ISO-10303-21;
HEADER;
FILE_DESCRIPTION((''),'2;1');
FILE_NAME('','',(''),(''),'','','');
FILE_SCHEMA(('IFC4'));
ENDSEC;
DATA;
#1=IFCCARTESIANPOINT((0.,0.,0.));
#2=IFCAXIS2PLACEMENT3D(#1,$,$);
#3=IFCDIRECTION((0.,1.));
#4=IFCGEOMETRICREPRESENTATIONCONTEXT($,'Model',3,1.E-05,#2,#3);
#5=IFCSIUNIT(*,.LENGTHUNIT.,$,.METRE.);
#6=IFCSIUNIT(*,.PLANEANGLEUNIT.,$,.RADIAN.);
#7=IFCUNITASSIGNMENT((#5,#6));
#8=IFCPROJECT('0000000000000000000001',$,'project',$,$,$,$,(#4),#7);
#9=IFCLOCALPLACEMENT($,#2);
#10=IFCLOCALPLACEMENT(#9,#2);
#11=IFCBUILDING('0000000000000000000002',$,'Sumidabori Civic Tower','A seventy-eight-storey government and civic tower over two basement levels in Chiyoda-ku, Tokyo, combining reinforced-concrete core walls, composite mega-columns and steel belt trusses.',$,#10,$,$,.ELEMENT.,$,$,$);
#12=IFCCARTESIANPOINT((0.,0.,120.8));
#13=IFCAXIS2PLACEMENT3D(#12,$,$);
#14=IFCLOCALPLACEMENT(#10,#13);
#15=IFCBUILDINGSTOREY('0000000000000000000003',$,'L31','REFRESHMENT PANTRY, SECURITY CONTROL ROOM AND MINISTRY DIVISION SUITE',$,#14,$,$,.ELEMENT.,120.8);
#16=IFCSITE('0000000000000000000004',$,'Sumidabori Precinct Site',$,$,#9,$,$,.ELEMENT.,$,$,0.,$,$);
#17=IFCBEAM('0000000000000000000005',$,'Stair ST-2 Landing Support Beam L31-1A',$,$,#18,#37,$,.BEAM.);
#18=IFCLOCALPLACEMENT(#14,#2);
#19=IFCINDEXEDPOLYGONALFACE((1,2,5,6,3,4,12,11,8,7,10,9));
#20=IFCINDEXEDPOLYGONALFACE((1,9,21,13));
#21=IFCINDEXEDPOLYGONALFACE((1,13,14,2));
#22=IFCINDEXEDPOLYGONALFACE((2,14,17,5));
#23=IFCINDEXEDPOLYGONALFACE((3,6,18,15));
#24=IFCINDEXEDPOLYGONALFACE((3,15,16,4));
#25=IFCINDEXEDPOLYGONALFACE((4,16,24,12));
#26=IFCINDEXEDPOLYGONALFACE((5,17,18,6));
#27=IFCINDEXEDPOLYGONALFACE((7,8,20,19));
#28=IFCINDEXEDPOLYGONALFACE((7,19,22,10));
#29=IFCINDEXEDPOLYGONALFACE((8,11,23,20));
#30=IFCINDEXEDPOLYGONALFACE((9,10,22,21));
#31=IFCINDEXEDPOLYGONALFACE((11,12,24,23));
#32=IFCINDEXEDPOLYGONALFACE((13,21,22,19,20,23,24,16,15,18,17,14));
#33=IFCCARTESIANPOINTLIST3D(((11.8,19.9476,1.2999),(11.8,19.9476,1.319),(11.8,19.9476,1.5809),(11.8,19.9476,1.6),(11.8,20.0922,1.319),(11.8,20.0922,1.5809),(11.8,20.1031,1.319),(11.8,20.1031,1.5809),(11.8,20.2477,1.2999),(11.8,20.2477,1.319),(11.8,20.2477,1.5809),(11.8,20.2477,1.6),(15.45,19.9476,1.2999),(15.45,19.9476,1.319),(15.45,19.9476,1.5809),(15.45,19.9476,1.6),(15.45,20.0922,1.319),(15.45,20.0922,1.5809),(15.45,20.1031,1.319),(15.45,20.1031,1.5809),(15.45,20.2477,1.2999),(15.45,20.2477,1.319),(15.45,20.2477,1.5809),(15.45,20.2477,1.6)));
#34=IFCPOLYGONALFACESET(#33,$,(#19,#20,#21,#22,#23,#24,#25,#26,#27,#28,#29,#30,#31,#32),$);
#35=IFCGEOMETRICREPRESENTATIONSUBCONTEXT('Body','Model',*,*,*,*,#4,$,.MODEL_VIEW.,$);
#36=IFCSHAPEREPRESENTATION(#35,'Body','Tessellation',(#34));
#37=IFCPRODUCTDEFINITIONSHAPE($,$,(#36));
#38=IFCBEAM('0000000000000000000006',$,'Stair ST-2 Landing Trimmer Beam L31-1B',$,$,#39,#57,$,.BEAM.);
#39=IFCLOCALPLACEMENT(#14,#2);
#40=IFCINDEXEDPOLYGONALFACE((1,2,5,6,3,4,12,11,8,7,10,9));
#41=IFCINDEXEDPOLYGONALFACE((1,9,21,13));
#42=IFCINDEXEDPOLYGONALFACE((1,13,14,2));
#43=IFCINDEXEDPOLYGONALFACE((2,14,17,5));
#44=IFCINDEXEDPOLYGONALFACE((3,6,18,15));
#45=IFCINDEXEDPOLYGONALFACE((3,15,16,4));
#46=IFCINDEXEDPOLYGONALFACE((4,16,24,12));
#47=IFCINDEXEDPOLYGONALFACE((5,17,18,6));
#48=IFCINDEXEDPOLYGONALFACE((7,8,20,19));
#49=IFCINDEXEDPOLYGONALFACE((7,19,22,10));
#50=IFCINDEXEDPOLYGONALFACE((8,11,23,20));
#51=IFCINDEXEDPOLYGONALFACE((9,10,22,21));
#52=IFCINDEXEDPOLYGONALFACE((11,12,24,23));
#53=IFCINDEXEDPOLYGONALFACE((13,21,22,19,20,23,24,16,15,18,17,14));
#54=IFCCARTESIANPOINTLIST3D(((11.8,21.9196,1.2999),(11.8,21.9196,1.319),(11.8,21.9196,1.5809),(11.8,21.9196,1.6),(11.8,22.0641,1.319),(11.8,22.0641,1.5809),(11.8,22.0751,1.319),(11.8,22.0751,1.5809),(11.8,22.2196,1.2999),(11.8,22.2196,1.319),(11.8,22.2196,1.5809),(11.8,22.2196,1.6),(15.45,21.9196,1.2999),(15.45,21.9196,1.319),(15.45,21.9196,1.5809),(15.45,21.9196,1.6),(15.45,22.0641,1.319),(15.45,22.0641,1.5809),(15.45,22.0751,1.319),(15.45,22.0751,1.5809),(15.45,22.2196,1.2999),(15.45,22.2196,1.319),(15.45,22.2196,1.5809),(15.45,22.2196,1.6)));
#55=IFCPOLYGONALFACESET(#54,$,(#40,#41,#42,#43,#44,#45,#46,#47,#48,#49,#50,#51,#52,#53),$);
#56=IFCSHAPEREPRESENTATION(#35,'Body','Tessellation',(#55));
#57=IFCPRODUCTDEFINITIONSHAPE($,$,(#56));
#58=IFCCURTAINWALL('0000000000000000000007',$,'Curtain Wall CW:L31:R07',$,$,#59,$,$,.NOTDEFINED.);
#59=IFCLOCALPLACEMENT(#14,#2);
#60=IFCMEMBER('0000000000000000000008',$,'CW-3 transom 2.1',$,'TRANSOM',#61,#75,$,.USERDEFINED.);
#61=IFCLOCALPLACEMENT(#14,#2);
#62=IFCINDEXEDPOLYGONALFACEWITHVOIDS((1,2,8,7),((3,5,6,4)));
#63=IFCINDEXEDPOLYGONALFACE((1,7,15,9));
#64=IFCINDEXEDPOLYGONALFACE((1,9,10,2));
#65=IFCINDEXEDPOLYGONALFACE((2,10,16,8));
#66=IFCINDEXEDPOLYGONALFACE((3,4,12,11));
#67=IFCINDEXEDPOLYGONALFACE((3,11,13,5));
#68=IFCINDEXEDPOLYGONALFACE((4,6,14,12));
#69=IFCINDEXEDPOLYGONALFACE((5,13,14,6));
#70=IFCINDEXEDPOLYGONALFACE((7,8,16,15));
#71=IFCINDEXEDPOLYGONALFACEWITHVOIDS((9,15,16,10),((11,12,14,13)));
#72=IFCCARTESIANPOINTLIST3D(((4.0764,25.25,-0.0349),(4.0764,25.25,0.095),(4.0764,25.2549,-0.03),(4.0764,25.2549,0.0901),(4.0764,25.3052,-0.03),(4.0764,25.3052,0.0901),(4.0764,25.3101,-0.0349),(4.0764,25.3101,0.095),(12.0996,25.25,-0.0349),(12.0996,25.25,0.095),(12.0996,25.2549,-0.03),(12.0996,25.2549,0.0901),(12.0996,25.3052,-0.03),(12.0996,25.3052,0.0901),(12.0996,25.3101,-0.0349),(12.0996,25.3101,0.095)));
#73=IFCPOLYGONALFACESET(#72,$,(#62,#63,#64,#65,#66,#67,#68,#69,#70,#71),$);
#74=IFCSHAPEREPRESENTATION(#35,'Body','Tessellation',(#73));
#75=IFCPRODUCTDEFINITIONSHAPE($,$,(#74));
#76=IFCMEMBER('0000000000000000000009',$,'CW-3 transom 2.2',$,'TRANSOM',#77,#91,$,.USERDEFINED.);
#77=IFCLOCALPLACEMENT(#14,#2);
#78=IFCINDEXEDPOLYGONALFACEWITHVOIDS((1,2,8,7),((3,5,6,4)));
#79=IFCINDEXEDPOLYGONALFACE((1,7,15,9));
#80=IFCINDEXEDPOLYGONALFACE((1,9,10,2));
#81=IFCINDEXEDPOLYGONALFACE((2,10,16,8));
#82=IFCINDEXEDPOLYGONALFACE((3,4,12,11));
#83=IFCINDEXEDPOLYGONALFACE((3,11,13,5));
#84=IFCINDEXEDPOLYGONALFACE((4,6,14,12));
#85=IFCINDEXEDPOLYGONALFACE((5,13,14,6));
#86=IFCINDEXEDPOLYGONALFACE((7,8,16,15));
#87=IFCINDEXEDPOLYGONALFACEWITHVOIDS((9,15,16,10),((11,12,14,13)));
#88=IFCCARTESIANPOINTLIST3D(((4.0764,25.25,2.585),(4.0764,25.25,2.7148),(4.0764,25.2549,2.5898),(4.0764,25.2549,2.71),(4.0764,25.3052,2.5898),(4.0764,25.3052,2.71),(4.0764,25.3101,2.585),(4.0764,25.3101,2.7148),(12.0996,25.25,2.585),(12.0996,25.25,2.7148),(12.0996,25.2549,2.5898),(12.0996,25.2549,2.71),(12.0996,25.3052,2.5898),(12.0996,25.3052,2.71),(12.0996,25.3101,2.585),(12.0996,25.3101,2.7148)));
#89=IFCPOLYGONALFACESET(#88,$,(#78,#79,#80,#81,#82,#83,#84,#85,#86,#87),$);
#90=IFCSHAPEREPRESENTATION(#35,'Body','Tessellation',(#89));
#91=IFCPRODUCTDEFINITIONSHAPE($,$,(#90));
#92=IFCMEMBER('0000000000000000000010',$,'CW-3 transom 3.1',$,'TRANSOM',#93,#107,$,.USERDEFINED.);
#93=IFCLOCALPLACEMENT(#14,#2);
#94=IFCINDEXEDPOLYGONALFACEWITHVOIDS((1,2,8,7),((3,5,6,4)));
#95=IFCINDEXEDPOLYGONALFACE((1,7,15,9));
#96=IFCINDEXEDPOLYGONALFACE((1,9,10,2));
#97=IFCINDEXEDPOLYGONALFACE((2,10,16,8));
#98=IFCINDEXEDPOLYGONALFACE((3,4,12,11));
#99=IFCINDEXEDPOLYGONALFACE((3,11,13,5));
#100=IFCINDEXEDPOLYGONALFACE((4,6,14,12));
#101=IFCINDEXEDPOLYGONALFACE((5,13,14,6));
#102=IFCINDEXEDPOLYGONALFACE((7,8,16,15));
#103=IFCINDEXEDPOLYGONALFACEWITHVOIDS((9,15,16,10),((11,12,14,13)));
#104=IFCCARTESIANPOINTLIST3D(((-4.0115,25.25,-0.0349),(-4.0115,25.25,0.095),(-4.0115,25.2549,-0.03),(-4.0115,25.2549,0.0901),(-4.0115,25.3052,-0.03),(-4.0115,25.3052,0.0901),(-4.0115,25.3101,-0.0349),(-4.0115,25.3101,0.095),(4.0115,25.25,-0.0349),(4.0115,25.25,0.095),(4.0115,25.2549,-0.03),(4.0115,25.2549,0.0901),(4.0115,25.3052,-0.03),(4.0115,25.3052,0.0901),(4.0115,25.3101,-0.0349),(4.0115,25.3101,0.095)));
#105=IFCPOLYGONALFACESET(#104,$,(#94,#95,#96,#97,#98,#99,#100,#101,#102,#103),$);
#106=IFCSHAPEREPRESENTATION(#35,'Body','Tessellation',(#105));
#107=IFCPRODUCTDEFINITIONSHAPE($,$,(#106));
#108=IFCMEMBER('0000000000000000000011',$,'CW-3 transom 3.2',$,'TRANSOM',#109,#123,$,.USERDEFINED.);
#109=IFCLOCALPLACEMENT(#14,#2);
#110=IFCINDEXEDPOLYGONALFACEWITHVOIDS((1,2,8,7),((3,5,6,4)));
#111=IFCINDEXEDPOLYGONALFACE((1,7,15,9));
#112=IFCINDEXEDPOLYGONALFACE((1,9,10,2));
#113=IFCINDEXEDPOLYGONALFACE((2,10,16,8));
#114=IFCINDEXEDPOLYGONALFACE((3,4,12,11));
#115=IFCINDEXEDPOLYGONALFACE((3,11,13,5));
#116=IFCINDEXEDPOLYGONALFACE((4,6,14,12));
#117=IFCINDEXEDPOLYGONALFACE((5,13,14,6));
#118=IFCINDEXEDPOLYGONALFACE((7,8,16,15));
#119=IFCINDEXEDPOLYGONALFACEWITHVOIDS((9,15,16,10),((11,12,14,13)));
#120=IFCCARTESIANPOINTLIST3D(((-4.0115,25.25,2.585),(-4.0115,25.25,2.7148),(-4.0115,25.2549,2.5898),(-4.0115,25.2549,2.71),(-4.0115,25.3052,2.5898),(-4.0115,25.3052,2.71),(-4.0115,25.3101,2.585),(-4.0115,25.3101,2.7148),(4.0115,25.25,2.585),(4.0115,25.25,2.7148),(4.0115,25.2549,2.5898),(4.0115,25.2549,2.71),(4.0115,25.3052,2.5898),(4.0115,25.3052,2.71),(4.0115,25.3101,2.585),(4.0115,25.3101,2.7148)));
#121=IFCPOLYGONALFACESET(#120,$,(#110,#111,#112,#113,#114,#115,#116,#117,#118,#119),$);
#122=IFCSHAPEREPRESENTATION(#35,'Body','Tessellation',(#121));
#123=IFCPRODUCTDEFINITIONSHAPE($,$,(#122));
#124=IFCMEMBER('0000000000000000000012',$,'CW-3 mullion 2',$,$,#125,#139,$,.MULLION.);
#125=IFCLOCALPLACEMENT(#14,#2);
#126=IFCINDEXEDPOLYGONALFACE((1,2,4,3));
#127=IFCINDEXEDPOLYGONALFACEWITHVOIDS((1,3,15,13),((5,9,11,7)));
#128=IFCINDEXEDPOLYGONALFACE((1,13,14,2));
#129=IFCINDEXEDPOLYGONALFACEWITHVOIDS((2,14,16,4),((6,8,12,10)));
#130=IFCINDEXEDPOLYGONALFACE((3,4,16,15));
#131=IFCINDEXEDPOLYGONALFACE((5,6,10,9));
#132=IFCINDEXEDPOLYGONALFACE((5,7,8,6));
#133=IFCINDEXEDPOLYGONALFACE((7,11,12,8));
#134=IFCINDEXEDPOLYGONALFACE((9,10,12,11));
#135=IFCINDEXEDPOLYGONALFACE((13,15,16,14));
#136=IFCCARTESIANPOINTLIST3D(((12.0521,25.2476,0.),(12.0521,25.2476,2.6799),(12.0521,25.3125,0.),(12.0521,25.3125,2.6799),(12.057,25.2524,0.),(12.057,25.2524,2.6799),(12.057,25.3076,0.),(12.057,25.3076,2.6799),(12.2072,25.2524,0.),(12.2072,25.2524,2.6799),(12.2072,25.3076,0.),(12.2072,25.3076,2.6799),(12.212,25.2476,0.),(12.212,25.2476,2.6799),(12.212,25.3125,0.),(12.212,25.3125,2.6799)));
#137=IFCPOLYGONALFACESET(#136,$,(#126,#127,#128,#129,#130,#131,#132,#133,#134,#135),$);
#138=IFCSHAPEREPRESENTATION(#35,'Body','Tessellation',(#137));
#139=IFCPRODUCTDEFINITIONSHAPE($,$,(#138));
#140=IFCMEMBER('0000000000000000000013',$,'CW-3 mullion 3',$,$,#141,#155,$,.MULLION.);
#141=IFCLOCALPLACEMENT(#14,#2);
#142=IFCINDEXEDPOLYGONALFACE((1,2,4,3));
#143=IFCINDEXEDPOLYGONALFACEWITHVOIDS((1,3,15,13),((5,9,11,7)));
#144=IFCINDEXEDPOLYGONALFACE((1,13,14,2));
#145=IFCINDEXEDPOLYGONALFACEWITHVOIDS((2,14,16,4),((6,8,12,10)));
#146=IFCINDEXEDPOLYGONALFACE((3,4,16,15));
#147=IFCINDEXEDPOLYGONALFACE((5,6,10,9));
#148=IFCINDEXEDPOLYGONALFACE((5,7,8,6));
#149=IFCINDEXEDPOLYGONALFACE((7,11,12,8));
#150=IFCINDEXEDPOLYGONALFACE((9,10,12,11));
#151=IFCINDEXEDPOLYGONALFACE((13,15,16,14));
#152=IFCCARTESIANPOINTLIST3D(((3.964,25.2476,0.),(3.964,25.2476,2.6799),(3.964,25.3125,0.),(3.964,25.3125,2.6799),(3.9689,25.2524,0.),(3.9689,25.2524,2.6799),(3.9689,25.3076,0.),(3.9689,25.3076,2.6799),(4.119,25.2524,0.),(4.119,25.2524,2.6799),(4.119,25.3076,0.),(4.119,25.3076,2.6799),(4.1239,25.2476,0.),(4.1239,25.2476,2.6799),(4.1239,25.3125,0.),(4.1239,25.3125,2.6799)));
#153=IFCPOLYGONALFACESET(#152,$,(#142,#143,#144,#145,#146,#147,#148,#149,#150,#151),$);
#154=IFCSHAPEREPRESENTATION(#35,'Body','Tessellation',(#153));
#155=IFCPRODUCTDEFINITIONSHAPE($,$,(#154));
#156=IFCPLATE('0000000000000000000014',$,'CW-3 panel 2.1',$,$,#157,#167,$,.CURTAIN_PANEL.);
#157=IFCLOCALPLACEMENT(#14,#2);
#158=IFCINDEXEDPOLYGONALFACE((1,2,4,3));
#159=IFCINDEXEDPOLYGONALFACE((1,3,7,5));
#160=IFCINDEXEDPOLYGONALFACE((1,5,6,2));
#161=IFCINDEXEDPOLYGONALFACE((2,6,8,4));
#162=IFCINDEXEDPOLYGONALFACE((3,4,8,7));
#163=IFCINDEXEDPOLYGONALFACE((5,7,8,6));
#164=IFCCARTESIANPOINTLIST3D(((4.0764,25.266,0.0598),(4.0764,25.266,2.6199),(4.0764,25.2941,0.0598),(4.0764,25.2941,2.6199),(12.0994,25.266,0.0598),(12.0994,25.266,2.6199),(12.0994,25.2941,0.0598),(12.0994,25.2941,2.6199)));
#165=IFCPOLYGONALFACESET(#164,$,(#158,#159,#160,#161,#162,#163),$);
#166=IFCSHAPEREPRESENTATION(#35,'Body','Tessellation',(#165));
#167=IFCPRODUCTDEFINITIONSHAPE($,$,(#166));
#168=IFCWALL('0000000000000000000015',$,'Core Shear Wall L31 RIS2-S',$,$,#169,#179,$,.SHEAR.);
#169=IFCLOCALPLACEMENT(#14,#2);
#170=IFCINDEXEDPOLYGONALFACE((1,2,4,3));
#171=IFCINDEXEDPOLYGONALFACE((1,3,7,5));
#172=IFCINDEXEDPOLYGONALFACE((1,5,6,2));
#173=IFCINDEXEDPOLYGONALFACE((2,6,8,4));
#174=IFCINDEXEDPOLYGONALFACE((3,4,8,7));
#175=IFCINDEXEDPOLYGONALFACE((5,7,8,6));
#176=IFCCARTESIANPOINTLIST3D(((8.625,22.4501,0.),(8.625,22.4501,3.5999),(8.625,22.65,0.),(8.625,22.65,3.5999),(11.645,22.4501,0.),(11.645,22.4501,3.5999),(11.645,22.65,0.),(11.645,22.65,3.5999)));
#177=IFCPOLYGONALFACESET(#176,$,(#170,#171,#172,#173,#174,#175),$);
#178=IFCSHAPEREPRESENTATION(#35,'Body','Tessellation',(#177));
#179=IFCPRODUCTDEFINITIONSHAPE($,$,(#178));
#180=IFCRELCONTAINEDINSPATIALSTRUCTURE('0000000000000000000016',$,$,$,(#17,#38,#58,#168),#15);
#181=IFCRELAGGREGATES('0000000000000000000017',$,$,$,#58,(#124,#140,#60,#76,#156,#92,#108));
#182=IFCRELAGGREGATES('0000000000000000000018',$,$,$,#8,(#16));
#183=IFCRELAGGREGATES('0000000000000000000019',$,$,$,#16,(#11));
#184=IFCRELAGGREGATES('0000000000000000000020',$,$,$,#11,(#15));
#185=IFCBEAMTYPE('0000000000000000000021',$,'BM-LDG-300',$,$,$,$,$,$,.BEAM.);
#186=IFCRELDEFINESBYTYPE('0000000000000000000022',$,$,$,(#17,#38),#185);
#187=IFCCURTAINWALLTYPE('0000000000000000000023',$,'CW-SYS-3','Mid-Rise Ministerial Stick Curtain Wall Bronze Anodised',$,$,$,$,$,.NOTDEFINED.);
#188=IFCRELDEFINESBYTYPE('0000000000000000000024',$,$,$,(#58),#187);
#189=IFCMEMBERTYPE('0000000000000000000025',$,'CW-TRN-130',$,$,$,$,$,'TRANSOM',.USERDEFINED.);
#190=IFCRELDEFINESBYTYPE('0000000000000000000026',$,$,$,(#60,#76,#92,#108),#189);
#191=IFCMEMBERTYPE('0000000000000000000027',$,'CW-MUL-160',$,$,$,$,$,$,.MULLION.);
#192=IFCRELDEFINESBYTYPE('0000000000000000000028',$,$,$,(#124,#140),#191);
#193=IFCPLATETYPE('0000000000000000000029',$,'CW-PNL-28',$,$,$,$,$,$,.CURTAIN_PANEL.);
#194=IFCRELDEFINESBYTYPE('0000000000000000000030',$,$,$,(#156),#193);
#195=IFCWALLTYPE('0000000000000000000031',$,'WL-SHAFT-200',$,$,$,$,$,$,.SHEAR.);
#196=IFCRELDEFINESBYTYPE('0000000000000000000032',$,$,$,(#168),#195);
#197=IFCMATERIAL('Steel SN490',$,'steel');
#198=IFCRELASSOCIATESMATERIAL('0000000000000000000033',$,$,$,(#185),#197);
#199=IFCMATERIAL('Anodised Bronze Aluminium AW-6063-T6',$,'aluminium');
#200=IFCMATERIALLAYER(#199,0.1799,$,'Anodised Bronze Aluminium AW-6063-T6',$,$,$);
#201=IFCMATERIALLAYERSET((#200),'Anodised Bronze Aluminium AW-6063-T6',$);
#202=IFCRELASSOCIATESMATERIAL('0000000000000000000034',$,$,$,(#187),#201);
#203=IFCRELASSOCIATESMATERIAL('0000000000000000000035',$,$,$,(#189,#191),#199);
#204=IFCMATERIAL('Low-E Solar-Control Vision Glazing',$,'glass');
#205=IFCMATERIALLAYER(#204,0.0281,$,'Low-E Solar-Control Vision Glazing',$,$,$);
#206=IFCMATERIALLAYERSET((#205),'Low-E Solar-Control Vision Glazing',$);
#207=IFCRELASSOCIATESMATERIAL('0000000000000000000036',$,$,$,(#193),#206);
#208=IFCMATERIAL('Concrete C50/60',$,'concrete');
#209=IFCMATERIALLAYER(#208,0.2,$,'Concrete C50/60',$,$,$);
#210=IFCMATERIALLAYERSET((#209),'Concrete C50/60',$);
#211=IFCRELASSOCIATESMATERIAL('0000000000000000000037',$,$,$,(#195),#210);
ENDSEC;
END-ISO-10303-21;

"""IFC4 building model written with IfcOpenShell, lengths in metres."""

from ifc_helpers import new_model, si_unit, direction, frame, frame_2d, origin, origin_2d, place, context, subcontext, project, spatial, rectangle, hollow_rectangle, i_section, extrude, source, transform, mapped, material, layer, layer_set, material_profile, profile_set, type_object, element, aggregate, save


model = new_model("IFC4")

# Units and contexts
model_context = context("Model", 3, precision=1e-05, world=origin(), true_north=direction((0.0, 1.0)))
body_context = subcontext(model_context, "Body", "Model", "MODEL_VIEW")
ifc_project = project(units=[si_unit("LENGTHUNIT", "METRE"), si_unit("PLANEANGLEUNIT", "RADIAN")], contexts=[model_context])

# Site, building, storey
site_placement = place(None, origin())
site = spatial("IfcSite", under=ifc_project, at=site_placement, Name="Sumidabori Precinct Site", CompositionType="ELEMENT", RefElevation=0.0)
building_placement = place(site_placement, origin())
building = spatial("IfcBuilding", under=site, at=building_placement, Name="Sumidabori Civic Tower", Description="A seventy-eight-storey government and civic tower over two basement levels in Chiyoda-ku, Tokyo, combining reinforced-concrete core walls, composite mega-columns and steel belt trusses.", CompositionType="ELEMENT")
storey_placement = place(building_placement, frame((0.0, 0.0, 120.8)))
storey = spatial("IfcBuildingStorey", under=building, at=storey_placement, Name="L31", Description="REFRESHMENT PANTRY, SECURITY CONTROL ROOM AND MINISTRY DIVISION SUITE", CompositionType="ELEMENT", Elevation=120.8)

# Beams
ifc_material_1 = material(Name="Steel SN490", Category="steel")
ifc_material_profile_1 = material_profile(ifc_material_1, i_section(OverallWidth=0.3, OverallDepth=0.3, WebThickness=0.011, FlangeThickness=0.019, at=origin_2d()), Name="HE 300 B")
ifc_profile_set_1 = profile_set([ifc_material_profile_1], Name="Steel SN490")
beam_type = type_object("IfcBeamType", Name="BM-LDG-300", PredefinedType="BEAM", material=ifc_profile_set_1)
shared_shape_1 = source(origin(), body_context, "Body", "SweptSolid", [
    extrude(i_section(OverallWidth=0.3, OverallDepth=0.3, WebThickness=0.011, FlangeThickness=0.019, at=origin_2d()), origin(), (0.0, 0.0, 1.0), 3.6499),
])
for number, where, z_axis, x_axis, name in (
    (1, (11.8, 20.0977, 1.45), (1.0, 0.0, 0.0), (0.0, 1.0, 0.0), "Stair ST-2 Landing Support Beam L31-1A"),
    (2, (11.8, 22.0696, 1.45), (1.0, 0.0, 0.0), (0.0, 1.0, 0.0), "Stair ST-2 Landing Trimmer Beam L31-1B"),
):
    element("IfcBeam", number, at=place(storey_placement, frame(where, z_axis=z_axis, x_axis=x_axis)), inside=storey, type_object=beam_type, Name=name, PredefinedType="BEAM", context=body_context, shape_type="MappedRepresentation", body=[
        mapped(shared_shape_1, transform((0.0, 0.0, 0.0), x_axis=(1.0, 0.0, 0.0), y_axis=(0.0, 1.0, 0.0), z_axis=(0.0, 0.0, 1.0), scale=1.0)),
    ])

# Curtain wall, members, plate
ifc_material_2 = material(Name="Anodised Bronze Aluminium AW-6063-T6", Category="aluminium")
ifc_layer_1 = layer(ifc_material_2, 0.1799, Name="Anodised Bronze Aluminium AW-6063-T6")
ifc_layer_set_1 = layer_set([ifc_layer_1], Name="Anodised Bronze Aluminium AW-6063-T6")
curtain_wall_type = type_object("IfcCurtainWallType", Name="CW-SYS-3", Description="Mid-Rise Ministerial Stick Curtain Wall Bronze Anodised", PredefinedType="NOTDEFINED", material=ifc_layer_set_1)
curtain_wall_placement = place(storey_placement, origin())
curtain_wall = element("IfcCurtainWall", 3, at=curtain_wall_placement, inside=storey, type_object=curtain_wall_type, Name="Curtain Wall CW:L31:R07", PredefinedType="NOTDEFINED")
ifc_material_profile_2 = material_profile(ifc_material_2, hollow_rectangle(XDim=0.0601, YDim=0.1299, WallThickness=0.0049, at=origin_2d()), Name="ALU TRANSOM 130x60")
ifc_profile_set_2 = profile_set([ifc_material_profile_2], Name="Anodised Bronze Aluminium AW-6063-T6")
member_type_1 = type_object("IfcMemberType", Name="CW-TRN-130", ElementType="TRANSOM", PredefinedType="USERDEFINED", material=ifc_profile_set_2)
shared_shape_2 = source(origin(), body_context, "Body", "SweptSolid", [
    extrude(hollow_rectangle(XDim=0.0601, YDim=0.1299, WallThickness=0.0049, at=origin_2d()), origin(), (0.0, 0.0, 1.0), 8.0232),
])
member_1_placement = place(storey_placement, frame((12.0996, 25.28, 0.03), z_axis=(-1.0, 0.0, 0.0), x_axis=(0.0, -1.0, 0.0)))
member_1 = element("IfcMember", 4, at=member_1_placement, type_object=member_type_1, Name="CW-3 transom 2.1", ObjectType="TRANSOM", PredefinedType="USERDEFINED", context=body_context, shape_type="MappedRepresentation", body=[
    mapped(shared_shape_2, transform((0.0, 0.0, 0.0), x_axis=(1.0, 0.0, 0.0), y_axis=(0.0, 1.0, 0.0), z_axis=(0.0, 0.0, 1.0), scale=1.0)),
])
member_2_placement = place(storey_placement, frame((12.0996, 25.28, 2.6499), z_axis=(-1.0, 0.0, 0.0), x_axis=(0.0, -1.0, 0.0)))
member_2 = element("IfcMember", 5, at=member_2_placement, type_object=member_type_1, Name="CW-3 transom 2.2", ObjectType="TRANSOM", PredefinedType="USERDEFINED", context=body_context, shape_type="MappedRepresentation", body=[
    mapped(shared_shape_2, transform((0.0, 0.0, 0.0), x_axis=(1.0, 0.0, 0.0), y_axis=(0.0, 1.0, 0.0), z_axis=(0.0, 0.0, 1.0), scale=1.0)),
])
shared_shape_3 = source(origin(), body_context, "Body", "SweptSolid", [
    extrude(hollow_rectangle(XDim=0.0601, YDim=0.1299, WallThickness=0.0049, at=origin_2d()), origin(), (0.0, 0.0, 1.0), 8.0229),
])
member_3_placement = place(storey_placement, frame((4.0115, 25.28, 0.03), z_axis=(-1.0, 0.0, 0.0), x_axis=(0.0, -1.0, 0.0)))
member_3 = element("IfcMember", 6, at=member_3_placement, type_object=member_type_1, Name="CW-3 transom 3.1", ObjectType="TRANSOM", PredefinedType="USERDEFINED", context=body_context, shape_type="MappedRepresentation", body=[
    mapped(shared_shape_3, transform((0.0, 0.0, 0.0), x_axis=(1.0, 0.0, 0.0), y_axis=(0.0, 1.0, 0.0), z_axis=(0.0, 0.0, 1.0), scale=1.0)),
])
member_4_placement = place(storey_placement, frame((4.0115, 25.28, 2.6499), z_axis=(-1.0, 0.0, 0.0), x_axis=(0.0, -1.0, 0.0)))
member_4 = element("IfcMember", 7, at=member_4_placement, type_object=member_type_1, Name="CW-3 transom 3.2", ObjectType="TRANSOM", PredefinedType="USERDEFINED", context=body_context, shape_type="MappedRepresentation", body=[
    mapped(shared_shape_3, transform((0.0, 0.0, 0.0), x_axis=(1.0, 0.0, 0.0), y_axis=(0.0, 1.0, 0.0), z_axis=(0.0, 0.0, 1.0), scale=1.0)),
])
ifc_material_profile_3 = material_profile(ifc_material_2, hollow_rectangle(XDim=0.0649, YDim=0.1599, WallThickness=0.0049, at=origin_2d()), Name="ALU MULLION 160x65")
ifc_profile_set_3 = profile_set([ifc_material_profile_3], Name="Anodised Bronze Aluminium AW-6063-T6")
member_type_2 = type_object("IfcMemberType", Name="CW-MUL-160", PredefinedType="MULLION", material=ifc_profile_set_3)
shared_shape_4 = source(origin(), body_context, "Body", "SweptSolid", [
    extrude(hollow_rectangle(XDim=0.0649, YDim=0.1599, WallThickness=0.0049, at=origin_2d()), origin(), (0.0, 0.0, 1.0), 2.6799),
])
member_5_placement = place(storey_placement, frame((12.1321, 25.28, 0.0), z_axis=(0.0, 0.0, 1.0), x_axis=(0.0, -1.0, 0.0)))
member_5 = element("IfcMember", 8, at=member_5_placement, type_object=member_type_2, Name="CW-3 mullion 2", PredefinedType="MULLION", context=body_context, shape_type="MappedRepresentation", body=[
    mapped(shared_shape_4, transform((0.0, 0.0, 0.0), x_axis=(1.0, 0.0, 0.0), y_axis=(0.0, 1.0, 0.0), z_axis=(0.0, 0.0, 1.0), scale=1.0)),
])
member_6_placement = place(storey_placement, frame((4.0439, 25.28, 0.0), z_axis=(0.0, 0.0, 1.0), x_axis=(0.0, -1.0, 0.0)))
member_6 = element("IfcMember", 9, at=member_6_placement, type_object=member_type_2, Name="CW-3 mullion 3", PredefinedType="MULLION", context=body_context, shape_type="MappedRepresentation", body=[
    mapped(shared_shape_4, transform((0.0, 0.0, 0.0), x_axis=(1.0, 0.0, 0.0), y_axis=(0.0, 1.0, 0.0), z_axis=(0.0, 0.0, 1.0), scale=1.0)),
])
ifc_material_3 = material(Name="Low-E Solar-Control Vision Glazing", Category="glass")
ifc_layer_2 = layer(ifc_material_3, 0.0281, Name="Low-E Solar-Control Vision Glazing")
ifc_layer_set_2 = layer_set([ifc_layer_2], Name="Low-E Solar-Control Vision Glazing")
plate_type = type_object("IfcPlateType", Name="CW-PNL-28", PredefinedType="CURTAIN_PANEL", material=ifc_layer_set_2)
shared_shape_5 = source(origin(), body_context, "Body", "SweptSolid", [
    extrude(rectangle(XDim=8.0229, YDim=0.0281, at=origin_2d()), origin(), (0.0, 0.0, 1.0), 2.5601),
])
plate_placement = place(storey_placement, frame((8.0879, 25.28, 0.0598), z_axis=(0.0, 0.0, 1.0), x_axis=(-1.0, 0.0, 0.0)))
plate = element("IfcPlate", 10, at=plate_placement, type_object=plate_type, Name="CW-3 panel 2.1", PredefinedType="CURTAIN_PANEL", context=body_context, shape_type="MappedRepresentation", body=[
    mapped(shared_shape_5, transform((0.0, 0.0, 0.0), x_axis=(1.0, 0.0, 0.0), y_axis=(0.0, 1.0, 0.0), z_axis=(0.0, 0.0, 1.0), scale=1.0)),
])
aggregate(curtain_wall, [member_5, member_6, member_1, member_2, plate, member_3, member_4])

# Wall
ifc_material_4 = material(Name="Concrete C50/60", Category="concrete")
ifc_layer_3 = layer(ifc_material_4, 0.2, Name="Concrete C50/60")
ifc_layer_set_3 = layer_set([ifc_layer_3], Name="Concrete C50/60")
wall_type_1 = type_object("IfcWallType", Name="WL-SHAFT-200", PredefinedType="SHEAR", material=ifc_layer_set_3)
shared_shape_6 = source(origin(), body_context, "Body", "SweptSolid", [
    extrude(rectangle(XDim=3.02, YDim=0.2, at=frame_2d((1.51, 0.0))), origin(), (0.0, 0.0, 1.0), 3.5999),
])
wall_1_placement = place(storey_placement, frame((8.625, 22.55, 0.0), z_axis=(0.0, 0.0, 1.0), x_axis=(1.0, 0.0, 0.0)))
element("IfcWall", 11, at=wall_1_placement, inside=storey, type_object=wall_type_1, Name="Core Shear Wall L31 RIS2-S", PredefinedType="SHEAR", context=body_context, shape_type="MappedRepresentation", body=[
    mapped(shared_shape_6, transform((0.0, 0.0, 0.0), x_axis=(1.0, 0.0, 0.0), y_axis=(0.0, 1.0, 0.0), z_axis=(0.0, 0.0, 1.0), scale=1.0)),
])

save(model, "model.ifc")
